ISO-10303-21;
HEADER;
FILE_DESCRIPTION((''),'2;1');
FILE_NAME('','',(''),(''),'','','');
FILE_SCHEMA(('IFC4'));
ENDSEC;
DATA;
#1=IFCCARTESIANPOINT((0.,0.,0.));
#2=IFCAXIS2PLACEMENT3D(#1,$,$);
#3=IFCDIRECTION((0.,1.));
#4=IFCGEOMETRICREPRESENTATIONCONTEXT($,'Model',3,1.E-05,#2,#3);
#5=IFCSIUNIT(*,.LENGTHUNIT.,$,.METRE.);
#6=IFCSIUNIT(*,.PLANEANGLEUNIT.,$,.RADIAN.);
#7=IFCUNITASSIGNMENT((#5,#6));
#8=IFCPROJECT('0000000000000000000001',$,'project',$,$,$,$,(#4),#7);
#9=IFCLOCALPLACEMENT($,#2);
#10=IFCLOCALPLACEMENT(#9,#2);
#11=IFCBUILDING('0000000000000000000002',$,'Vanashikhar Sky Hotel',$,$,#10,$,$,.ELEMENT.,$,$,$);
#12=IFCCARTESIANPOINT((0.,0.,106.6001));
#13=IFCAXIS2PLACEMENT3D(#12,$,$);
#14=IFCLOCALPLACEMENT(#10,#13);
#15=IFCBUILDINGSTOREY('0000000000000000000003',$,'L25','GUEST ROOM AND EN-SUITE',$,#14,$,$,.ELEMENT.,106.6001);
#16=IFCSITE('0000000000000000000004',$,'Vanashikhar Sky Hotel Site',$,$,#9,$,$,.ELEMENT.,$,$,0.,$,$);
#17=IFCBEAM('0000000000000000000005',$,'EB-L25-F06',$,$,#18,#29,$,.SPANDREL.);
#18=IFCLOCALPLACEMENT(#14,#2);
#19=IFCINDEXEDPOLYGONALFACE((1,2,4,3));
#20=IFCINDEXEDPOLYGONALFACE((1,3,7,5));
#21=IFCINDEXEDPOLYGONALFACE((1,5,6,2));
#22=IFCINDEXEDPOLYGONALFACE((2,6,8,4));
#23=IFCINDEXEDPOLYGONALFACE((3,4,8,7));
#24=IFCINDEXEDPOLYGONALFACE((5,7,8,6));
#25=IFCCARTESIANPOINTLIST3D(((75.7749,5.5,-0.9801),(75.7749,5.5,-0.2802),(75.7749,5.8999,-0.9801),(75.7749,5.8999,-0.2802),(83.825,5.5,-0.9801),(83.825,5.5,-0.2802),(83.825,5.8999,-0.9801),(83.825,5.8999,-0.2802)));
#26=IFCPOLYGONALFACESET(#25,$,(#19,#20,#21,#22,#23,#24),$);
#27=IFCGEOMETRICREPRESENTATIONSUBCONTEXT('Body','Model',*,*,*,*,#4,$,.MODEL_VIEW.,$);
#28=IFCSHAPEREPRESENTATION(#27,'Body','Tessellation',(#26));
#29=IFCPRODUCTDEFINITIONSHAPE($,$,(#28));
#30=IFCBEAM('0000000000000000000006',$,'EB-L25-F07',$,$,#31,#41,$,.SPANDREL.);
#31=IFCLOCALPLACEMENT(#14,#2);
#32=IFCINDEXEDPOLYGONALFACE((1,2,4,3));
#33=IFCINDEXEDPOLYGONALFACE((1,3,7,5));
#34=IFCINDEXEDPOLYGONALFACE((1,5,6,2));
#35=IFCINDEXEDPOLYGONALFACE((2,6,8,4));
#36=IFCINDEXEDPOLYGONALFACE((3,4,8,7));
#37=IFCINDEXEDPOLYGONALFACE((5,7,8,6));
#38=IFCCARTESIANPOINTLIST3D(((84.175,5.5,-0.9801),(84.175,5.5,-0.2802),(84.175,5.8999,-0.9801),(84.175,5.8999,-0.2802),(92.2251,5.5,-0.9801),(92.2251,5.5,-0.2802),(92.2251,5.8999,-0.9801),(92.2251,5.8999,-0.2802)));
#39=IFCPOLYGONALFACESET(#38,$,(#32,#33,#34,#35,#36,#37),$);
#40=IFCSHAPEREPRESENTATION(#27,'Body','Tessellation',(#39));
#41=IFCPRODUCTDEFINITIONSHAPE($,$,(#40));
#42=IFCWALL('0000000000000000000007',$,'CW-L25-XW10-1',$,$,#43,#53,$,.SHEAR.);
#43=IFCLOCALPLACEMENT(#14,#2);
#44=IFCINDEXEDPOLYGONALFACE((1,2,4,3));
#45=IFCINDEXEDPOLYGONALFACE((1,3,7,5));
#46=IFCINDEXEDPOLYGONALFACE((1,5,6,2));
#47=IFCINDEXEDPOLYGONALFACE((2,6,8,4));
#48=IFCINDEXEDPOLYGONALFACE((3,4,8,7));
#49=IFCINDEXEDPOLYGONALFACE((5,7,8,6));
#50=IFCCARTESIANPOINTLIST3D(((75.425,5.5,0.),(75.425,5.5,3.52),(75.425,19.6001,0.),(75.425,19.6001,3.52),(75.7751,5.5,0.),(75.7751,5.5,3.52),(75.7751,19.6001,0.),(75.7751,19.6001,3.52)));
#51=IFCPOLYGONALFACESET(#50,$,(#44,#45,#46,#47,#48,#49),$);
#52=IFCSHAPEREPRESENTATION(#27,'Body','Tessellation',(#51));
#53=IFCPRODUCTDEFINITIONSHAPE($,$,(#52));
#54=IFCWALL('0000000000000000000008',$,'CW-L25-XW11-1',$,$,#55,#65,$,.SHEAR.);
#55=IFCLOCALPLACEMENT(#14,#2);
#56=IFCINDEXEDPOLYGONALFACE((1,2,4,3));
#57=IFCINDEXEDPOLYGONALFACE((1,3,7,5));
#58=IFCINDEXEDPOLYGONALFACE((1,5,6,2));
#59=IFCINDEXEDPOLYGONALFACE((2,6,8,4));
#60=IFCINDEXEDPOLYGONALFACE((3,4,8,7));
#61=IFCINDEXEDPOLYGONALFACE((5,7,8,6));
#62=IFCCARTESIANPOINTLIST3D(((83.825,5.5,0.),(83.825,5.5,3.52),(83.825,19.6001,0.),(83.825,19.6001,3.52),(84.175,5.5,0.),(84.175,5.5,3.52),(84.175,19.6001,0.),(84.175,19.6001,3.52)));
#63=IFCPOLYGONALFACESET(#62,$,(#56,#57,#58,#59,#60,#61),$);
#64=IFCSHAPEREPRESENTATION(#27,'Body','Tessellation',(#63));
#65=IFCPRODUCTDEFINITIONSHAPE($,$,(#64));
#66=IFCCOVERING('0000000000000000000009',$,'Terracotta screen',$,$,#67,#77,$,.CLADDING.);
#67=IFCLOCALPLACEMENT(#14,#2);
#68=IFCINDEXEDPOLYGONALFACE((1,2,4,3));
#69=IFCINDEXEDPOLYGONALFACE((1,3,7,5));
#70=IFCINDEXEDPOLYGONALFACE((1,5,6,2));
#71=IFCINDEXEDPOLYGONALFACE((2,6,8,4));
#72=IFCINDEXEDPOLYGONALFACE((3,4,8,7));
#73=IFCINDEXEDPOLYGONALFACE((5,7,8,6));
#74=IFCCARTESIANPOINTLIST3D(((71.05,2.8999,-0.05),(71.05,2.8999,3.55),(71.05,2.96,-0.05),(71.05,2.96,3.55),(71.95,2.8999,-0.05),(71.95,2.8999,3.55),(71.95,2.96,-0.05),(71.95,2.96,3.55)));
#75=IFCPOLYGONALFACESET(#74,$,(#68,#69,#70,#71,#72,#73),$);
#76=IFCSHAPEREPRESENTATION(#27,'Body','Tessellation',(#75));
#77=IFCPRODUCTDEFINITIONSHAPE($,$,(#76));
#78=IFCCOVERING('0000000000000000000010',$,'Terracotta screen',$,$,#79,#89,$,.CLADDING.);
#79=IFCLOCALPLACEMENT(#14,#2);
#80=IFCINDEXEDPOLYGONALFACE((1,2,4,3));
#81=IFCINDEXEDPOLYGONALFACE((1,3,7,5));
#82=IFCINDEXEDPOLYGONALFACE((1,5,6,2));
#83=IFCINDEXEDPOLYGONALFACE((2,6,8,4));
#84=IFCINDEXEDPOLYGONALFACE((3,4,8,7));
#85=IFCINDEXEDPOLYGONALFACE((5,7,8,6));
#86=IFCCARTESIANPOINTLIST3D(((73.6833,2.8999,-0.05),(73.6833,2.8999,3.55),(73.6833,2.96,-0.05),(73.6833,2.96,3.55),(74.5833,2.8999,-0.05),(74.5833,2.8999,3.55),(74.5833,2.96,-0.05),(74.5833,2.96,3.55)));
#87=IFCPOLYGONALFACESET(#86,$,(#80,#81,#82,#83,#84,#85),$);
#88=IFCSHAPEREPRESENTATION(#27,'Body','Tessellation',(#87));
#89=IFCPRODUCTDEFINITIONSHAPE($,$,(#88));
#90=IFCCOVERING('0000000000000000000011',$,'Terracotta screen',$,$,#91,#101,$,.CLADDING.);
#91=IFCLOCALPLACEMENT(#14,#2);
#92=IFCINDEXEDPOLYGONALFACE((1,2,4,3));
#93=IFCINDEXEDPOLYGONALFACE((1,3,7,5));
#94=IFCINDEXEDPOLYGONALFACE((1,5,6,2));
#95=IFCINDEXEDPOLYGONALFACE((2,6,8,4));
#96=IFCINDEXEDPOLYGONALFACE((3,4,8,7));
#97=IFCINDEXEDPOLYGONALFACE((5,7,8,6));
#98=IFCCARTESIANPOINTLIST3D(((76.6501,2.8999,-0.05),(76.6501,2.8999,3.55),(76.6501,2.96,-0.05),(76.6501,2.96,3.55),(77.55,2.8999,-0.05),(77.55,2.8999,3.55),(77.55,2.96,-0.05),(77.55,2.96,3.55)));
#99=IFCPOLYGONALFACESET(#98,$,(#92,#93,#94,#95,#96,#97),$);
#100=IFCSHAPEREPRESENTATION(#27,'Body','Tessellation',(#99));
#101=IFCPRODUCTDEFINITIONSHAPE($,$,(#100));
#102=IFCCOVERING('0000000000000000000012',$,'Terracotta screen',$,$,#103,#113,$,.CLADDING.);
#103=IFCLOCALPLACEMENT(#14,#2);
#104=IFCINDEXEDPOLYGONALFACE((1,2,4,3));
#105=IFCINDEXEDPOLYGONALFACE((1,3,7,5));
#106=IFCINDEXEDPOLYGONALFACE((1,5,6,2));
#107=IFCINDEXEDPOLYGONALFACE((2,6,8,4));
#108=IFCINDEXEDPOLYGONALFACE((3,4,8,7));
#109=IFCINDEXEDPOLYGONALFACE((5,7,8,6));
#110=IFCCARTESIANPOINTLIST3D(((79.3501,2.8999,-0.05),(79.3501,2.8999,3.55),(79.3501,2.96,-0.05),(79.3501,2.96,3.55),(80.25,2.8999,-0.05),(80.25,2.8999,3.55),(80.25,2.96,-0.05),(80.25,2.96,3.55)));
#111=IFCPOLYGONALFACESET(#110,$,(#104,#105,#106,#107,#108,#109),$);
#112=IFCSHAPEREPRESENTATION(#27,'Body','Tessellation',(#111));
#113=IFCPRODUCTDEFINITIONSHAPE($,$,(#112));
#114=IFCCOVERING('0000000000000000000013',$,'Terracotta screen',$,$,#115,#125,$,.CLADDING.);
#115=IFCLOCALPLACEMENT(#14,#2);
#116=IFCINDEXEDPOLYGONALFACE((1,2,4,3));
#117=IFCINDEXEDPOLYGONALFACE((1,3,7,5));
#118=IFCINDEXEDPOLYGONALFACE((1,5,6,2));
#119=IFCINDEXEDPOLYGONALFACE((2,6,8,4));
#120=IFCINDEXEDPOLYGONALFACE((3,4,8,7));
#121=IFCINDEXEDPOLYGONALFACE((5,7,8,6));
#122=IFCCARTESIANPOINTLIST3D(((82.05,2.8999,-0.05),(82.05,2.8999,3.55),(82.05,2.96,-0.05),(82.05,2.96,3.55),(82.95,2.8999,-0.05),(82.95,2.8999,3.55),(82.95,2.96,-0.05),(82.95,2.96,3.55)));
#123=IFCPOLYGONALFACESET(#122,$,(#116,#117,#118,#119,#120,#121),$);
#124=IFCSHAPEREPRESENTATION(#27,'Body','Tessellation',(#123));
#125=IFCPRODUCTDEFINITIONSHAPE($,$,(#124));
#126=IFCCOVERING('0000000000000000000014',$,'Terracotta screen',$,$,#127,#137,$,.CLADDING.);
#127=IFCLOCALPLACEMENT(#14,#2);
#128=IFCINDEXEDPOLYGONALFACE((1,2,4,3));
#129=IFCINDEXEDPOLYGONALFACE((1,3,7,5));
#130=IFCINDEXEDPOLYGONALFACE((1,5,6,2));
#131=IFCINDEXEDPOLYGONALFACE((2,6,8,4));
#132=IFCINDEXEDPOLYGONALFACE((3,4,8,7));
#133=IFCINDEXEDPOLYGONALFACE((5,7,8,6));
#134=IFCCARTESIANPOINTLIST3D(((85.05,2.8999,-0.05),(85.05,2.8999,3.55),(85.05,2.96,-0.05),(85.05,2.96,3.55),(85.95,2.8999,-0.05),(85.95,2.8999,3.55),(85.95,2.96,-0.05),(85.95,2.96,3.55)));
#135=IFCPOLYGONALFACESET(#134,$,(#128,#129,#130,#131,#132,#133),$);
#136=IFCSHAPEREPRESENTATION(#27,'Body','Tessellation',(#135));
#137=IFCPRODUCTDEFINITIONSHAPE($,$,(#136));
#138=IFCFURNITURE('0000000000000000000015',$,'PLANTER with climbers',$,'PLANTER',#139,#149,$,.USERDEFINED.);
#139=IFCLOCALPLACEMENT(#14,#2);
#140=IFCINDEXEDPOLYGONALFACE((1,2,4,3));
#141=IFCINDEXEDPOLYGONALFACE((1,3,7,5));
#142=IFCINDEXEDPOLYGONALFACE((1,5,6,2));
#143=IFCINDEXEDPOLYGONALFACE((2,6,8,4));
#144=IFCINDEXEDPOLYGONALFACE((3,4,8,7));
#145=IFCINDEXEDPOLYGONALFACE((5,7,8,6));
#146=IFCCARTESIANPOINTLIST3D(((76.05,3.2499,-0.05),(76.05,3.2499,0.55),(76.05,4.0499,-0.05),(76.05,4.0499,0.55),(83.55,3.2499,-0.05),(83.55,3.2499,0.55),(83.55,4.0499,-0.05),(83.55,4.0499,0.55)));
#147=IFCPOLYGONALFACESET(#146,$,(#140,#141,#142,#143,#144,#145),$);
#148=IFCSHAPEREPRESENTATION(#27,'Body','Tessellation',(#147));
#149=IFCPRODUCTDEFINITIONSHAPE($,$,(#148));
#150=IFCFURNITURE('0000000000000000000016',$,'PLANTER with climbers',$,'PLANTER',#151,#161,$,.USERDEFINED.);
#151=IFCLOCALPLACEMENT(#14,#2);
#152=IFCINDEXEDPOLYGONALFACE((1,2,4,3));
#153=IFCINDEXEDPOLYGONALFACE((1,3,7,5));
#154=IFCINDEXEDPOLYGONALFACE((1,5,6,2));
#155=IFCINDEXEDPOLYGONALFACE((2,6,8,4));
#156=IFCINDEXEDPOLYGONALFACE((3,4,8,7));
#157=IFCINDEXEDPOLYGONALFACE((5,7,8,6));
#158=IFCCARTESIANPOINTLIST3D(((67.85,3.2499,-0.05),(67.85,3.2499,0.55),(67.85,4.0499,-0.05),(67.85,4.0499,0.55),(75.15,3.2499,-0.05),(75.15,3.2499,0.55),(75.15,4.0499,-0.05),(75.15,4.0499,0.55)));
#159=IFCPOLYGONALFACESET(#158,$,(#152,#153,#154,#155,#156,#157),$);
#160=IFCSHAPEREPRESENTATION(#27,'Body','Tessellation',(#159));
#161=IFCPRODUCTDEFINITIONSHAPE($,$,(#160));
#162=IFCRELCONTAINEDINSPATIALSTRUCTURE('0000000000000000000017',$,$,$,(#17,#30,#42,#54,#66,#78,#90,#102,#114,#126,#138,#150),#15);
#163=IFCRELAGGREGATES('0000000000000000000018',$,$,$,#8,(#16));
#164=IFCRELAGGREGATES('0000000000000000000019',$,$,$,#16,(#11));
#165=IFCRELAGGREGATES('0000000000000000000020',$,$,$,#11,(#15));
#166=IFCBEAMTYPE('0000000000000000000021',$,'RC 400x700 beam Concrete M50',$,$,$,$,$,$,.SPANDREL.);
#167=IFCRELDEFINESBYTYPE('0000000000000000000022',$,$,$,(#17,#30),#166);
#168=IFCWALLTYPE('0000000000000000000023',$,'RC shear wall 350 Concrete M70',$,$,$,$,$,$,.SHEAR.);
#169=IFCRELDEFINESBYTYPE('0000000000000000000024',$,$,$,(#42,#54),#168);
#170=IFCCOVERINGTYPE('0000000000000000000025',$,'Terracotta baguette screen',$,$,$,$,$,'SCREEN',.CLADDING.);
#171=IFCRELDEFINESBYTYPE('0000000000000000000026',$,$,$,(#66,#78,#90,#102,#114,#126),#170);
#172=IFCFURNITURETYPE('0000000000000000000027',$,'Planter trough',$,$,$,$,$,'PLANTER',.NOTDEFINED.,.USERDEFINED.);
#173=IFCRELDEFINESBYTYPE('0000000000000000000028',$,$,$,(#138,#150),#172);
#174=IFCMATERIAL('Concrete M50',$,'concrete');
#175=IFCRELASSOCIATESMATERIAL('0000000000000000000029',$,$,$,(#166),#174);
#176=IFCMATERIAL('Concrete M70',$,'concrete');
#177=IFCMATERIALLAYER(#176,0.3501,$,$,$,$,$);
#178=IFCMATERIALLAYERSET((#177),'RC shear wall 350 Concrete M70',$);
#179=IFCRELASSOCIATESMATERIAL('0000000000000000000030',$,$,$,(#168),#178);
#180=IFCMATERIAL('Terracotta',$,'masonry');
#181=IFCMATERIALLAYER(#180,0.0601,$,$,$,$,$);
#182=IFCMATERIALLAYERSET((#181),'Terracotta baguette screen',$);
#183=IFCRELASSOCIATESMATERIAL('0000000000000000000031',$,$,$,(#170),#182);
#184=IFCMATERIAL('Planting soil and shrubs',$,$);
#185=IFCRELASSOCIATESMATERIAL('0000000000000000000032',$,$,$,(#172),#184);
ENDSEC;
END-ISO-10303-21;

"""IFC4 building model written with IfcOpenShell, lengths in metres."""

from ifc_helpers import new_model, si_unit, direction, frame, frame_2d, origin, origin_2d, place, context, subcontext, project, spatial, rectangle, extrude, source, transform, mapped, material, layer, layer_set, material_profile, profile_set, type_object, element, save


model = new_model("IFC4")

# Units and contexts
model_context = context("Model", 3, precision=1e-05, world=origin(), true_north=direction((0.0, 1.0)))
body_context = subcontext(model_context, "Body", "Model", "MODEL_VIEW")
ifc_project = project(units=[si_unit("LENGTHUNIT", "METRE"), si_unit("PLANEANGLEUNIT", "RADIAN")], contexts=[model_context])

# Site, building, storey
site_placement = place(None, origin())
site = spatial("IfcSite", under=ifc_project, at=site_placement, Name="Vanashikhar Sky Hotel Site", CompositionType="ELEMENT", RefElevation=0.0)
building_placement = place(site_placement, origin())
building = spatial("IfcBuilding", under=site, at=building_placement, Name="Vanashikhar Sky Hotel", CompositionType="ELEMENT")
storey_placement = place(building_placement, frame((0.0, 0.0, 106.6001)))
storey = spatial("IfcBuildingStorey", under=building, at=storey_placement, Name="L25", Description="GUEST ROOM AND EN-SUITE", CompositionType="ELEMENT", Elevation=106.6001)

# Beams
ifc_material_1 = material(Name="Concrete M50", Category="concrete")
ifc_material_profile = material_profile(ifc_material_1, rectangle(XDim=0.3999, YDim=0.7, at=origin_2d()))
ifc_profile_set = profile_set([ifc_material_profile], Name="RC 400x700 beam Concrete M50")
beam_type = type_object("IfcBeamType", Name="RC 400x700 beam Concrete M50", PredefinedType="SPANDREL", material=ifc_profile_set)
shared_shape_1 = source(origin(), body_context, "Body", "SweptSolid", [
    extrude(rectangle(XDim=0.3999, YDim=0.7, at=origin_2d()), origin(), (0.0, 0.0, 1.0), 8.05),
])
for number, where, z_axis, x_axis, name in (
    (1, (75.7749, 5.7, -0.6301), (1.0, 0.0, 0.0), (0.0, 1.0, 0.0), "EB-L25-F06"),
    (2, (84.175, 5.7, -0.6301), (1.0, 0.0, 0.0), (0.0, 1.0, 0.0), "EB-L25-F07"),
):
    element("IfcBeam", number, at=place(storey_placement, frame(where, z_axis=z_axis, x_axis=x_axis)), inside=storey, type_object=beam_type, Name=name, PredefinedType="SPANDREL", context=body_context, shape_type="MappedRepresentation", body=[
        mapped(shared_shape_1, transform((0.0, 0.0, 0.0), scale=1.0)),
    ])

# Walls
ifc_material_2 = material(Name="Concrete M70", Category="concrete")
ifc_layer_1 = layer(ifc_material_2, 0.3501)
ifc_layer_set_1 = layer_set([ifc_layer_1], Name="RC shear wall 350 Concrete M70")
wall_type = type_object("IfcWallType", Name="RC shear wall 350 Concrete M70", PredefinedType="SHEAR", material=ifc_layer_set_1)
shared_shape_2 = source(origin(), body_context, "Body", "SweptSolid", [
    extrude(rectangle(XDim=14.1001, YDim=0.3501, at=frame_2d((7.05, 0.0))), origin(), (0.0, 0.0, 1.0), 3.52),
])
for number, where, z_axis, x_axis, name in (
    (3, (75.6001, 5.5, 0.0), (0.0, 0.0, 1.0), (0.0, 1.0, 0.0), "CW-L25-XW10-1"),
    (4, (84.0, 5.5, 0.0), (0.0, 0.0, 1.0), (0.0, 1.0, 0.0), "CW-L25-XW11-1"),
):
    element("IfcWall", number, at=place(storey_placement, frame(where, z_axis=z_axis, x_axis=x_axis)), inside=storey, type_object=wall_type, Name=name, PredefinedType="SHEAR", context=body_context, shape_type="MappedRepresentation", body=[
        mapped(shared_shape_2, transform((0.0, 0.0, 0.0), scale=1.0)),
    ])

# Coverings
ifc_material_3 = material(Name="Terracotta", Category="masonry")
ifc_layer_2 = layer(ifc_material_3, 0.0601)
ifc_layer_set_2 = layer_set([ifc_layer_2], Name="Terracotta baguette screen")
covering_type = type_object("IfcCoveringType", Name="Terracotta baguette screen", ElementType="SCREEN", PredefinedType="CLADDING", material=ifc_layer_set_2)
shared_shape_3 = source(origin(), body_context, "Body", "SweptSolid", [
    extrude(rectangle(XDim=0.8999, YDim=0.0601, at=origin_2d()), origin(), (0.0, 0.0, 1.0), 3.6001),
])
for number, where, z_axis, x_axis, name in (
    (5, (71.5, 2.9299, -0.05), (0.0, 0.0, 1.0), (1.0, 0.0, 0.0), "Terracotta screen"),
    (6, (74.1333, 2.9299, -0.05), (0.0, 0.0, 1.0), (1.0, 0.0, 0.0), "Terracotta screen"),
    (7, (77.1001, 2.9299, -0.05), (0.0, 0.0, 1.0), (1.0, 0.0, 0.0), "Terracotta screen"),
    (8, (79.8, 2.9299, -0.05), (0.0, 0.0, 1.0), (1.0, 0.0, 0.0), "Terracotta screen"),
    (9, (82.5, 2.9299, -0.05), (0.0, 0.0, 1.0), (1.0, 0.0, 0.0), "Terracotta screen"),
    (10, (85.5, 2.9299, -0.05), (0.0, 0.0, 1.0), (1.0, 0.0, 0.0), "Terracotta screen"),
):
    element("IfcCovering", number, at=place(storey_placement, frame(where, z_axis=z_axis, x_axis=x_axis)), inside=storey, type_object=covering_type, Name=name, PredefinedType="CLADDING", context=body_context, shape_type="MappedRepresentation", body=[
        mapped(shared_shape_3, transform((0.0, 0.0, 0.0), scale=1.0)),
    ])

# Furniture
ifc_material_4 = material(Name="Planting soil and shrubs")
furniture_type = type_object("IfcFurnitureType", Name="Planter trough", ElementType="PLANTER", AssemblyPlace="NOTDEFINED", PredefinedType="USERDEFINED", material=ifc_material_4)
shared_shape_4 = source(origin(), body_context, "Body", "SweptSolid", [
    extrude(rectangle(XDim=7.5, YDim=0.8, at=origin_2d()), origin(), (0.0, 0.0, 1.0), 0.6001),
])
furniture_1_placement = place(storey_placement, frame((79.8, 3.6499, -0.05), z_axis=(0.0, 0.0, 1.0), x_axis=(1.0, 0.0, 0.0)))
element("IfcFurniture", 11, at=furniture_1_placement, inside=storey, type_object=furniture_type, Name="PLANTER with climbers", ObjectType="PLANTER", PredefinedType="USERDEFINED", context=body_context, shape_type="MappedRepresentation", body=[
    mapped(shared_shape_4, transform((0.0, 0.0, 0.0), scale=1.0)),
])
shared_shape_5 = source(origin(), body_context, "Body", "SweptSolid", [
    extrude(rectangle(XDim=7.3, YDim=0.8, at=origin_2d()), origin(), (0.0, 0.0, 1.0), 0.6001),
])
furniture_2_placement = place(storey_placement, frame((71.5, 3.6499, -0.05), z_axis=(0.0, 0.0, 1.0), x_axis=(1.0, 0.0, 0.0)))
element("IfcFurniture", 12, at=furniture_2_placement, inside=storey, type_object=furniture_type, Name="PLANTER with climbers", ObjectType="PLANTER", PredefinedType="USERDEFINED", context=body_context, shape_type="MappedRepresentation", body=[
    mapped(shared_shape_5, transform((0.0, 0.0, 0.0), scale=1.0)),
])

save(model, "model.ifc")
